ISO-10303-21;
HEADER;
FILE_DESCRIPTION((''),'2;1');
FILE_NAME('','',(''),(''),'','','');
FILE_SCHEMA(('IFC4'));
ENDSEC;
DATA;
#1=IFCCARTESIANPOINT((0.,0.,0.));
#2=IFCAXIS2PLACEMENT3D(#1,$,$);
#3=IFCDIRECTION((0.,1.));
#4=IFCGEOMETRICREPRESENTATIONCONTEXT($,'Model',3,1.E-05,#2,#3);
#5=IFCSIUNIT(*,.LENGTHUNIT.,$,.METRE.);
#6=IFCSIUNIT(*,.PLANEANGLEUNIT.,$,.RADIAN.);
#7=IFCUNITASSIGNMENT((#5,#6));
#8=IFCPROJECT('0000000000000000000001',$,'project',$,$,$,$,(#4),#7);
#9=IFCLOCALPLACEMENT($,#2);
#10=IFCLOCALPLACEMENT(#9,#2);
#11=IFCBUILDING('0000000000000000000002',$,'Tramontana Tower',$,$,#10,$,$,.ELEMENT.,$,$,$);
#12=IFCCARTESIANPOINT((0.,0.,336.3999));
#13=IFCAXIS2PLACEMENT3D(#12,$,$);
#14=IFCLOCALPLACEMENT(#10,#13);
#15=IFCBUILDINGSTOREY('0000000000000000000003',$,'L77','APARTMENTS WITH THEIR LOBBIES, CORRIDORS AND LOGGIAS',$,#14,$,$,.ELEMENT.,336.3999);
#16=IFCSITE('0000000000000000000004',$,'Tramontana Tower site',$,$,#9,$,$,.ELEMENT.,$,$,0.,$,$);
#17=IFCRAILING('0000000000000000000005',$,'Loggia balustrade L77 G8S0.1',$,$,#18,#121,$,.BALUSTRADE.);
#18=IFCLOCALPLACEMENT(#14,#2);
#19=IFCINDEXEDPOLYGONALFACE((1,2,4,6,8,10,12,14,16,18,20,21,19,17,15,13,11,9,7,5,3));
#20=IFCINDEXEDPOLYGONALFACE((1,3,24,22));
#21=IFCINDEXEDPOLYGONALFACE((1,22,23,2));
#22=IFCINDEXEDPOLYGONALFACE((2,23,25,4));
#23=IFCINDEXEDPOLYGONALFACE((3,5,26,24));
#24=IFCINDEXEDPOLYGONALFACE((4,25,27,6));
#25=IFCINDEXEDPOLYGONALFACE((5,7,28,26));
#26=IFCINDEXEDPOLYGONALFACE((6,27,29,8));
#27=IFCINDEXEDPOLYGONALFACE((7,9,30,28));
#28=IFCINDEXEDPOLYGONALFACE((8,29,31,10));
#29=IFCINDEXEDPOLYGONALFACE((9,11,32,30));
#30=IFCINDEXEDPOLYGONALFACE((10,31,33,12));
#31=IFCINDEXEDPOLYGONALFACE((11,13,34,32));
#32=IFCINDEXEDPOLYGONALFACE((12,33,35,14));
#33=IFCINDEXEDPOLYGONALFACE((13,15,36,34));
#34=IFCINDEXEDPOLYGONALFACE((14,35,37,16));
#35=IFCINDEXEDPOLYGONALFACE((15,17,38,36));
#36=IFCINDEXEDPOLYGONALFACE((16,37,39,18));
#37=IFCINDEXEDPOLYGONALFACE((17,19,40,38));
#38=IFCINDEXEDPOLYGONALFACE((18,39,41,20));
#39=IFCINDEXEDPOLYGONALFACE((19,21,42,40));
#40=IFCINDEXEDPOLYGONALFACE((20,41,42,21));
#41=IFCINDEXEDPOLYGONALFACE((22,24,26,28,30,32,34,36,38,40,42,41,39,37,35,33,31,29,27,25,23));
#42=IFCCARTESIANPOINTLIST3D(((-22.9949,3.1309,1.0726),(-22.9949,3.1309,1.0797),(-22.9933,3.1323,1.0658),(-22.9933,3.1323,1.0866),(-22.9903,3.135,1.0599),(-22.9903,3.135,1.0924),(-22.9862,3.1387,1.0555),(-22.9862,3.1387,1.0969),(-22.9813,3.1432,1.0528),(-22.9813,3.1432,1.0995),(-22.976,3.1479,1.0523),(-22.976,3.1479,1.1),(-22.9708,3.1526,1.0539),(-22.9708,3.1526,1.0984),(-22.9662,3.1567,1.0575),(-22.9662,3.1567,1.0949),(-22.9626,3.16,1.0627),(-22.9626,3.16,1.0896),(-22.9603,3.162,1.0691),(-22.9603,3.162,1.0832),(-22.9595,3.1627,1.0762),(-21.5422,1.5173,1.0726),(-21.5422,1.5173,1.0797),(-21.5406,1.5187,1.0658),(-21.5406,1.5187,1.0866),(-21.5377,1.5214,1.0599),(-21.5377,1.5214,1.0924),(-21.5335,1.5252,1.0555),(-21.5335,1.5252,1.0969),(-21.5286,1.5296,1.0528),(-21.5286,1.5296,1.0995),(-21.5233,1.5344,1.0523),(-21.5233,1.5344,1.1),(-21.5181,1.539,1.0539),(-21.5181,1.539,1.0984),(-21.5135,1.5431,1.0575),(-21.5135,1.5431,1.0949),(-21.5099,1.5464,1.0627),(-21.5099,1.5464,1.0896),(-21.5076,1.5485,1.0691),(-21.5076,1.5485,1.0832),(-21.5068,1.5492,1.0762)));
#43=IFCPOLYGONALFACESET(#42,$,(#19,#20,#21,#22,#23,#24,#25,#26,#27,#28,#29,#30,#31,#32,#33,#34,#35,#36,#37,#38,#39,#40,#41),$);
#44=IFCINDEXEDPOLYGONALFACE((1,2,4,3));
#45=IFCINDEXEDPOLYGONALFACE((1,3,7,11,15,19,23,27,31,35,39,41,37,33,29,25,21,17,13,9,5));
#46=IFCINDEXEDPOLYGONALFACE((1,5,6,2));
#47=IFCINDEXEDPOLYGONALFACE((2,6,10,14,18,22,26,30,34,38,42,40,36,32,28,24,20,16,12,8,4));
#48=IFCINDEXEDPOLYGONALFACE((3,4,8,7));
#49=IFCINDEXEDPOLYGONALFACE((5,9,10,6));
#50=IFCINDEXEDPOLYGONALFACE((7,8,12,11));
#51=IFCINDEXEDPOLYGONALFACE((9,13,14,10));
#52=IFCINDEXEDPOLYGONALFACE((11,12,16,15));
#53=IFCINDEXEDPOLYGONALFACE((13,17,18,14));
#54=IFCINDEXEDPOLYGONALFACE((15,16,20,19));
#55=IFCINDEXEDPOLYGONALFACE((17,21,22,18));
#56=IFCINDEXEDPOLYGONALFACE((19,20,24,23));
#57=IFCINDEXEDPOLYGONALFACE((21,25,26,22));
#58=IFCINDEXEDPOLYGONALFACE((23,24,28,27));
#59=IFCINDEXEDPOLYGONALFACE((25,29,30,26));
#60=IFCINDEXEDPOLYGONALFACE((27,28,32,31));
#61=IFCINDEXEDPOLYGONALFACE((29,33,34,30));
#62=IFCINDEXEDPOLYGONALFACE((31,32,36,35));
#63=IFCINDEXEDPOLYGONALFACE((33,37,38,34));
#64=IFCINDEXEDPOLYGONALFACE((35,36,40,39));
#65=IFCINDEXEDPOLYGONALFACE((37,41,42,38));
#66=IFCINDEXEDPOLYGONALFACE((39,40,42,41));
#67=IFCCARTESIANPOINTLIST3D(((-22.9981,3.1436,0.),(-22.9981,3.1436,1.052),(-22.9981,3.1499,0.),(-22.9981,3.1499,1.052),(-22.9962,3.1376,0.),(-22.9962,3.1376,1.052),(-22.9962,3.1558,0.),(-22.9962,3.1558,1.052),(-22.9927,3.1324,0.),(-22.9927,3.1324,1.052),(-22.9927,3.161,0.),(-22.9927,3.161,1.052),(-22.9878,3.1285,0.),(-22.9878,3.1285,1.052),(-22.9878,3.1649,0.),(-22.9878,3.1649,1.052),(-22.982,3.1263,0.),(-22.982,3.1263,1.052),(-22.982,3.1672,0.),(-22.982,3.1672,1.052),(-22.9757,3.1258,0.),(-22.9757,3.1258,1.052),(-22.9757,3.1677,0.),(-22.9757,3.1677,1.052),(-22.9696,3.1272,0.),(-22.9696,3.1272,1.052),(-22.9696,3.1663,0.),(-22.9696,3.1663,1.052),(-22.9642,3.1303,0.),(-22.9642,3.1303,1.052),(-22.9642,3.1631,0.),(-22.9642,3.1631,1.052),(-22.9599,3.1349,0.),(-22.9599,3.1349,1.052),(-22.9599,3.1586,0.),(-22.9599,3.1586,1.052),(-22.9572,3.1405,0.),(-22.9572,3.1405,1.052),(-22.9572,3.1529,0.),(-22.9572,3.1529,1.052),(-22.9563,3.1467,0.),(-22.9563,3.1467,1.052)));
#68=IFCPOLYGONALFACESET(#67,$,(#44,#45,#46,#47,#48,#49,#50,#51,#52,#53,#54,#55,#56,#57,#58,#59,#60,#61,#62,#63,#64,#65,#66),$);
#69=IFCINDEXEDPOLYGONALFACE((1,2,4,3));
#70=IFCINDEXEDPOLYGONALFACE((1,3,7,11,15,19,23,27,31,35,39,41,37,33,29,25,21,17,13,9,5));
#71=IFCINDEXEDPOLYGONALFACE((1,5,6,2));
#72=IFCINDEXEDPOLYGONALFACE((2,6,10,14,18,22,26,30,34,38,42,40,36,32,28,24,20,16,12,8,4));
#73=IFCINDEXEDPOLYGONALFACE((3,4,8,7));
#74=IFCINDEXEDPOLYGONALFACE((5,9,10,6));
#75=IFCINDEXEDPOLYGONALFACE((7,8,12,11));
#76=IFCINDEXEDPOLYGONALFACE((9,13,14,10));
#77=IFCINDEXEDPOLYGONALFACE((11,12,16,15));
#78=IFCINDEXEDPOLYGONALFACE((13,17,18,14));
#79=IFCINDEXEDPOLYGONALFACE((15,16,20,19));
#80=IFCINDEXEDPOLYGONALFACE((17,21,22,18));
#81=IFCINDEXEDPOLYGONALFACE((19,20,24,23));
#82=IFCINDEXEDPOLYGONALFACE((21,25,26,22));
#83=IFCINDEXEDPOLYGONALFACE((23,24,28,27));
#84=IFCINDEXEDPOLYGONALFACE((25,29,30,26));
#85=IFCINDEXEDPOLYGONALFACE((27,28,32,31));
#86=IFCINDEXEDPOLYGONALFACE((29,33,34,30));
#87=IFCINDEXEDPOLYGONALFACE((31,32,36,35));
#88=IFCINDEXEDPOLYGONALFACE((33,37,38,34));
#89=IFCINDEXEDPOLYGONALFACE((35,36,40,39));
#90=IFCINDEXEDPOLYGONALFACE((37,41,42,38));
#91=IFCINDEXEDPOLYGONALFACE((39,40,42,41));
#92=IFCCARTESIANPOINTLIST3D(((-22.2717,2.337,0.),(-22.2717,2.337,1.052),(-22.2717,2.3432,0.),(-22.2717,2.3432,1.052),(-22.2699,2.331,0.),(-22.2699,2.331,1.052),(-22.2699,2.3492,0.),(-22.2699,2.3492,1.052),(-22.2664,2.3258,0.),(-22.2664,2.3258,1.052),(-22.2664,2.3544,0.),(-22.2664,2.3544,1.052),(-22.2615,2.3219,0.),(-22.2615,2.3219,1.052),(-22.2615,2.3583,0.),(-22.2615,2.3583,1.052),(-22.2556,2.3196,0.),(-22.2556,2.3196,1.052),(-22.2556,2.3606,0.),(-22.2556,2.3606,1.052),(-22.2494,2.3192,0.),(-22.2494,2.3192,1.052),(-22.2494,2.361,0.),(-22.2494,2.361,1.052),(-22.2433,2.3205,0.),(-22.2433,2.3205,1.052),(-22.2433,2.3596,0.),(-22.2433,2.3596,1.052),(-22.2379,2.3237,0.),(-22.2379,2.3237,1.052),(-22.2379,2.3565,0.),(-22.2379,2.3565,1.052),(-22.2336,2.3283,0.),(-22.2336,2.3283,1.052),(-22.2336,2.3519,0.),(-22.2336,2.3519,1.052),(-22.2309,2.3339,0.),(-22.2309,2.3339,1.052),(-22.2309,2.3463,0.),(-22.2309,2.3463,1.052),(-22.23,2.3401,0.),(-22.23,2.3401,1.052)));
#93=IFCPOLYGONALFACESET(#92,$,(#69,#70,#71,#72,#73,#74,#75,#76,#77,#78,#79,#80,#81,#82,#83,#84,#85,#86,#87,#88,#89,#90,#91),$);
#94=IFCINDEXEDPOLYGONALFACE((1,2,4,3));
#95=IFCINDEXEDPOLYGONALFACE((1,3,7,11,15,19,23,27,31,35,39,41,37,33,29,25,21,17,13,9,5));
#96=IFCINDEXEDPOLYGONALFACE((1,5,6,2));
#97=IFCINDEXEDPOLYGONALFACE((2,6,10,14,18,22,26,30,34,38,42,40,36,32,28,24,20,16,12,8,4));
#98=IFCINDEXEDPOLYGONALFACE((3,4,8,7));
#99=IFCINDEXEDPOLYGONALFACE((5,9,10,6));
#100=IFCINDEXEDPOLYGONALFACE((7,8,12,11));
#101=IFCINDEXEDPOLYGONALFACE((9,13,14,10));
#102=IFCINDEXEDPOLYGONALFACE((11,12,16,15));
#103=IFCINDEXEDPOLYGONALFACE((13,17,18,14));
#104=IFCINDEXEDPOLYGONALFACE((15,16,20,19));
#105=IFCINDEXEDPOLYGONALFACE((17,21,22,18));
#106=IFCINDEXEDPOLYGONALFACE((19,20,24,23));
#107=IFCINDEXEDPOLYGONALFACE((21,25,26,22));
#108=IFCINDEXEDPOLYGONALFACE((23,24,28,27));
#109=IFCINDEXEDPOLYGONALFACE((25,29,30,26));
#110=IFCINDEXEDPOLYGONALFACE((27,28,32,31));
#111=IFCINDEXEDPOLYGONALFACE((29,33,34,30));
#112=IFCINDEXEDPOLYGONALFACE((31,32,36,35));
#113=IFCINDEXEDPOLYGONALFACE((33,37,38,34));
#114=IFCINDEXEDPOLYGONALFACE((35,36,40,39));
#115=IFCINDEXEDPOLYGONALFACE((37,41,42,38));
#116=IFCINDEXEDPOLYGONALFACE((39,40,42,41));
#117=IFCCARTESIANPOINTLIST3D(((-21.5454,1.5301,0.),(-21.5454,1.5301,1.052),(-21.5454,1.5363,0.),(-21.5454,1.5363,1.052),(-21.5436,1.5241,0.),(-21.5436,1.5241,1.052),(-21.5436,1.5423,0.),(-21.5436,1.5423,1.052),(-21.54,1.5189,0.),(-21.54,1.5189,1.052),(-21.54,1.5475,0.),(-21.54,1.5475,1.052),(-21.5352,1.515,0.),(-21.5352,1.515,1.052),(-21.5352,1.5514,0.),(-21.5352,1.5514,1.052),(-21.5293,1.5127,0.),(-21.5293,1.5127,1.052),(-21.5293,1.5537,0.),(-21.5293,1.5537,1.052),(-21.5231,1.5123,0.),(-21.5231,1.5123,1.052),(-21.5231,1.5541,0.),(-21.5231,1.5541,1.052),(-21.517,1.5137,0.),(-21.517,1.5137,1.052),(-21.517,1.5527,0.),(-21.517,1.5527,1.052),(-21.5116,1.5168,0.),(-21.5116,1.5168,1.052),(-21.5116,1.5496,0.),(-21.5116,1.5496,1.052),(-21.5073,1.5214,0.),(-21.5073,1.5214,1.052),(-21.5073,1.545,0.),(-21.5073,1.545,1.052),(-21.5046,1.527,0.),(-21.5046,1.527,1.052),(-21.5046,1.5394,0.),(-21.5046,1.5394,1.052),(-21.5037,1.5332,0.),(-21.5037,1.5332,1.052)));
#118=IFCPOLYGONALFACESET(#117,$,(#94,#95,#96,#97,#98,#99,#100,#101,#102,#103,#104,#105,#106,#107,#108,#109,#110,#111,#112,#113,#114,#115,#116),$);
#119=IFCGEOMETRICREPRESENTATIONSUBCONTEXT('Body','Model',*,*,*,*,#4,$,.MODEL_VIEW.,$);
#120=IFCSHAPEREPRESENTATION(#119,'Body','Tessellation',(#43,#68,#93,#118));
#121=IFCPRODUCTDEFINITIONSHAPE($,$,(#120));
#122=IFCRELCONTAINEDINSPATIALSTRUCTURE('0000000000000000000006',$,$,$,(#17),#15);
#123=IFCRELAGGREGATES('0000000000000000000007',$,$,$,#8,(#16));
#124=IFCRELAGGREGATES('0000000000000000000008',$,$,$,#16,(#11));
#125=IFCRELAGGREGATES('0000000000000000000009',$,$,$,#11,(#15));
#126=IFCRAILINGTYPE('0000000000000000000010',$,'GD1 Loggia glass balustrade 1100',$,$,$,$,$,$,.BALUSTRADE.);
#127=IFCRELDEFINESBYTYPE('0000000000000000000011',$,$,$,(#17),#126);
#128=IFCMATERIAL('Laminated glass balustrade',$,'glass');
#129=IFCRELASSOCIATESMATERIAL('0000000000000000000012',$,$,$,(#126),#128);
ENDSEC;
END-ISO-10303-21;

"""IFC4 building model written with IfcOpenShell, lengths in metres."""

from ifc_helpers import new_model, si_unit, direction, frame, origin, origin_2d, place, context, subcontext, project, spatial, circle, extrude, material, type_object, element, save


model = new_model("IFC4")

# Units and contexts
model_context = context("Model", 3, precision=1e-05, world=origin(), true_north=direction((0.0, 1.0)))
body_context = subcontext(model_context, "Body", "Model", "MODEL_VIEW")
ifc_project = project(units=[si_unit("LENGTHUNIT", "METRE"), si_unit("PLANEANGLEUNIT", "RADIAN")], contexts=[model_context])

# Site, building, storey
site_placement = place(None, origin())
site = spatial("IfcSite", under=ifc_project, at=site_placement, Name="Tramontana Tower site", CompositionType="ELEMENT", RefElevation=0.0)
building_placement = place(site_placement, origin())
building = spatial("IfcBuilding", under=site, at=building_placement, Name="Tramontana Tower", CompositionType="ELEMENT")
storey_placement = place(building_placement, frame((0.0, 0.0, 336.3999)))
storey = spatial("IfcBuildingStorey", under=building, at=storey_placement, Name="L77", Description="APARTMENTS WITH THEIR LOBBIES, CORRIDORS AND LOGGIAS", CompositionType="ELEMENT", Elevation=336.3999)

# Railing
ifc_material_1 = material(Name="Laminated glass balustrade", Category="glass")
railing_type = type_object("IfcRailingType", Name="GD1 Loggia glass balustrade 1100", PredefinedType="BALUSTRADE", material=ifc_material_1)
railing_1_placement = place(storey_placement, frame((-22.9773, 3.1467, 0.0)))
element("IfcRailing", 1, at=railing_1_placement, inside=storey, type_object=railing_type, Name="Loggia balustrade L77 G8S0.1", PredefinedType="BALUSTRADE", context=body_context, shape_type="SweptSolid", body=[
    extrude(circle(Radius=0.0239, at=origin_2d()), frame((0.0, 0.0, 1.0762), z_axis=(0.669083, -0.743188, 0.0), x_axis=(0.743188, 0.669083, 0.0)), (0.0, 0.0, 1.0), 2.1711),
    extrude(circle(Radius=0.021, at=origin_2d()), origin(), (0.0, 0.0, 1.0), 1.052),
    extrude(circle(Radius=0.021, at=origin_2d()), frame((0.7263, -0.8066, 0.0)), (0.0, 0.0, 1.0), 1.052),
    extrude(circle(Radius=0.021, at=origin_2d()), frame((1.4526, -1.6135, 0.0)), (0.0, 0.0, 1.0), 1.052),
])

save(model, "model.ifc")
